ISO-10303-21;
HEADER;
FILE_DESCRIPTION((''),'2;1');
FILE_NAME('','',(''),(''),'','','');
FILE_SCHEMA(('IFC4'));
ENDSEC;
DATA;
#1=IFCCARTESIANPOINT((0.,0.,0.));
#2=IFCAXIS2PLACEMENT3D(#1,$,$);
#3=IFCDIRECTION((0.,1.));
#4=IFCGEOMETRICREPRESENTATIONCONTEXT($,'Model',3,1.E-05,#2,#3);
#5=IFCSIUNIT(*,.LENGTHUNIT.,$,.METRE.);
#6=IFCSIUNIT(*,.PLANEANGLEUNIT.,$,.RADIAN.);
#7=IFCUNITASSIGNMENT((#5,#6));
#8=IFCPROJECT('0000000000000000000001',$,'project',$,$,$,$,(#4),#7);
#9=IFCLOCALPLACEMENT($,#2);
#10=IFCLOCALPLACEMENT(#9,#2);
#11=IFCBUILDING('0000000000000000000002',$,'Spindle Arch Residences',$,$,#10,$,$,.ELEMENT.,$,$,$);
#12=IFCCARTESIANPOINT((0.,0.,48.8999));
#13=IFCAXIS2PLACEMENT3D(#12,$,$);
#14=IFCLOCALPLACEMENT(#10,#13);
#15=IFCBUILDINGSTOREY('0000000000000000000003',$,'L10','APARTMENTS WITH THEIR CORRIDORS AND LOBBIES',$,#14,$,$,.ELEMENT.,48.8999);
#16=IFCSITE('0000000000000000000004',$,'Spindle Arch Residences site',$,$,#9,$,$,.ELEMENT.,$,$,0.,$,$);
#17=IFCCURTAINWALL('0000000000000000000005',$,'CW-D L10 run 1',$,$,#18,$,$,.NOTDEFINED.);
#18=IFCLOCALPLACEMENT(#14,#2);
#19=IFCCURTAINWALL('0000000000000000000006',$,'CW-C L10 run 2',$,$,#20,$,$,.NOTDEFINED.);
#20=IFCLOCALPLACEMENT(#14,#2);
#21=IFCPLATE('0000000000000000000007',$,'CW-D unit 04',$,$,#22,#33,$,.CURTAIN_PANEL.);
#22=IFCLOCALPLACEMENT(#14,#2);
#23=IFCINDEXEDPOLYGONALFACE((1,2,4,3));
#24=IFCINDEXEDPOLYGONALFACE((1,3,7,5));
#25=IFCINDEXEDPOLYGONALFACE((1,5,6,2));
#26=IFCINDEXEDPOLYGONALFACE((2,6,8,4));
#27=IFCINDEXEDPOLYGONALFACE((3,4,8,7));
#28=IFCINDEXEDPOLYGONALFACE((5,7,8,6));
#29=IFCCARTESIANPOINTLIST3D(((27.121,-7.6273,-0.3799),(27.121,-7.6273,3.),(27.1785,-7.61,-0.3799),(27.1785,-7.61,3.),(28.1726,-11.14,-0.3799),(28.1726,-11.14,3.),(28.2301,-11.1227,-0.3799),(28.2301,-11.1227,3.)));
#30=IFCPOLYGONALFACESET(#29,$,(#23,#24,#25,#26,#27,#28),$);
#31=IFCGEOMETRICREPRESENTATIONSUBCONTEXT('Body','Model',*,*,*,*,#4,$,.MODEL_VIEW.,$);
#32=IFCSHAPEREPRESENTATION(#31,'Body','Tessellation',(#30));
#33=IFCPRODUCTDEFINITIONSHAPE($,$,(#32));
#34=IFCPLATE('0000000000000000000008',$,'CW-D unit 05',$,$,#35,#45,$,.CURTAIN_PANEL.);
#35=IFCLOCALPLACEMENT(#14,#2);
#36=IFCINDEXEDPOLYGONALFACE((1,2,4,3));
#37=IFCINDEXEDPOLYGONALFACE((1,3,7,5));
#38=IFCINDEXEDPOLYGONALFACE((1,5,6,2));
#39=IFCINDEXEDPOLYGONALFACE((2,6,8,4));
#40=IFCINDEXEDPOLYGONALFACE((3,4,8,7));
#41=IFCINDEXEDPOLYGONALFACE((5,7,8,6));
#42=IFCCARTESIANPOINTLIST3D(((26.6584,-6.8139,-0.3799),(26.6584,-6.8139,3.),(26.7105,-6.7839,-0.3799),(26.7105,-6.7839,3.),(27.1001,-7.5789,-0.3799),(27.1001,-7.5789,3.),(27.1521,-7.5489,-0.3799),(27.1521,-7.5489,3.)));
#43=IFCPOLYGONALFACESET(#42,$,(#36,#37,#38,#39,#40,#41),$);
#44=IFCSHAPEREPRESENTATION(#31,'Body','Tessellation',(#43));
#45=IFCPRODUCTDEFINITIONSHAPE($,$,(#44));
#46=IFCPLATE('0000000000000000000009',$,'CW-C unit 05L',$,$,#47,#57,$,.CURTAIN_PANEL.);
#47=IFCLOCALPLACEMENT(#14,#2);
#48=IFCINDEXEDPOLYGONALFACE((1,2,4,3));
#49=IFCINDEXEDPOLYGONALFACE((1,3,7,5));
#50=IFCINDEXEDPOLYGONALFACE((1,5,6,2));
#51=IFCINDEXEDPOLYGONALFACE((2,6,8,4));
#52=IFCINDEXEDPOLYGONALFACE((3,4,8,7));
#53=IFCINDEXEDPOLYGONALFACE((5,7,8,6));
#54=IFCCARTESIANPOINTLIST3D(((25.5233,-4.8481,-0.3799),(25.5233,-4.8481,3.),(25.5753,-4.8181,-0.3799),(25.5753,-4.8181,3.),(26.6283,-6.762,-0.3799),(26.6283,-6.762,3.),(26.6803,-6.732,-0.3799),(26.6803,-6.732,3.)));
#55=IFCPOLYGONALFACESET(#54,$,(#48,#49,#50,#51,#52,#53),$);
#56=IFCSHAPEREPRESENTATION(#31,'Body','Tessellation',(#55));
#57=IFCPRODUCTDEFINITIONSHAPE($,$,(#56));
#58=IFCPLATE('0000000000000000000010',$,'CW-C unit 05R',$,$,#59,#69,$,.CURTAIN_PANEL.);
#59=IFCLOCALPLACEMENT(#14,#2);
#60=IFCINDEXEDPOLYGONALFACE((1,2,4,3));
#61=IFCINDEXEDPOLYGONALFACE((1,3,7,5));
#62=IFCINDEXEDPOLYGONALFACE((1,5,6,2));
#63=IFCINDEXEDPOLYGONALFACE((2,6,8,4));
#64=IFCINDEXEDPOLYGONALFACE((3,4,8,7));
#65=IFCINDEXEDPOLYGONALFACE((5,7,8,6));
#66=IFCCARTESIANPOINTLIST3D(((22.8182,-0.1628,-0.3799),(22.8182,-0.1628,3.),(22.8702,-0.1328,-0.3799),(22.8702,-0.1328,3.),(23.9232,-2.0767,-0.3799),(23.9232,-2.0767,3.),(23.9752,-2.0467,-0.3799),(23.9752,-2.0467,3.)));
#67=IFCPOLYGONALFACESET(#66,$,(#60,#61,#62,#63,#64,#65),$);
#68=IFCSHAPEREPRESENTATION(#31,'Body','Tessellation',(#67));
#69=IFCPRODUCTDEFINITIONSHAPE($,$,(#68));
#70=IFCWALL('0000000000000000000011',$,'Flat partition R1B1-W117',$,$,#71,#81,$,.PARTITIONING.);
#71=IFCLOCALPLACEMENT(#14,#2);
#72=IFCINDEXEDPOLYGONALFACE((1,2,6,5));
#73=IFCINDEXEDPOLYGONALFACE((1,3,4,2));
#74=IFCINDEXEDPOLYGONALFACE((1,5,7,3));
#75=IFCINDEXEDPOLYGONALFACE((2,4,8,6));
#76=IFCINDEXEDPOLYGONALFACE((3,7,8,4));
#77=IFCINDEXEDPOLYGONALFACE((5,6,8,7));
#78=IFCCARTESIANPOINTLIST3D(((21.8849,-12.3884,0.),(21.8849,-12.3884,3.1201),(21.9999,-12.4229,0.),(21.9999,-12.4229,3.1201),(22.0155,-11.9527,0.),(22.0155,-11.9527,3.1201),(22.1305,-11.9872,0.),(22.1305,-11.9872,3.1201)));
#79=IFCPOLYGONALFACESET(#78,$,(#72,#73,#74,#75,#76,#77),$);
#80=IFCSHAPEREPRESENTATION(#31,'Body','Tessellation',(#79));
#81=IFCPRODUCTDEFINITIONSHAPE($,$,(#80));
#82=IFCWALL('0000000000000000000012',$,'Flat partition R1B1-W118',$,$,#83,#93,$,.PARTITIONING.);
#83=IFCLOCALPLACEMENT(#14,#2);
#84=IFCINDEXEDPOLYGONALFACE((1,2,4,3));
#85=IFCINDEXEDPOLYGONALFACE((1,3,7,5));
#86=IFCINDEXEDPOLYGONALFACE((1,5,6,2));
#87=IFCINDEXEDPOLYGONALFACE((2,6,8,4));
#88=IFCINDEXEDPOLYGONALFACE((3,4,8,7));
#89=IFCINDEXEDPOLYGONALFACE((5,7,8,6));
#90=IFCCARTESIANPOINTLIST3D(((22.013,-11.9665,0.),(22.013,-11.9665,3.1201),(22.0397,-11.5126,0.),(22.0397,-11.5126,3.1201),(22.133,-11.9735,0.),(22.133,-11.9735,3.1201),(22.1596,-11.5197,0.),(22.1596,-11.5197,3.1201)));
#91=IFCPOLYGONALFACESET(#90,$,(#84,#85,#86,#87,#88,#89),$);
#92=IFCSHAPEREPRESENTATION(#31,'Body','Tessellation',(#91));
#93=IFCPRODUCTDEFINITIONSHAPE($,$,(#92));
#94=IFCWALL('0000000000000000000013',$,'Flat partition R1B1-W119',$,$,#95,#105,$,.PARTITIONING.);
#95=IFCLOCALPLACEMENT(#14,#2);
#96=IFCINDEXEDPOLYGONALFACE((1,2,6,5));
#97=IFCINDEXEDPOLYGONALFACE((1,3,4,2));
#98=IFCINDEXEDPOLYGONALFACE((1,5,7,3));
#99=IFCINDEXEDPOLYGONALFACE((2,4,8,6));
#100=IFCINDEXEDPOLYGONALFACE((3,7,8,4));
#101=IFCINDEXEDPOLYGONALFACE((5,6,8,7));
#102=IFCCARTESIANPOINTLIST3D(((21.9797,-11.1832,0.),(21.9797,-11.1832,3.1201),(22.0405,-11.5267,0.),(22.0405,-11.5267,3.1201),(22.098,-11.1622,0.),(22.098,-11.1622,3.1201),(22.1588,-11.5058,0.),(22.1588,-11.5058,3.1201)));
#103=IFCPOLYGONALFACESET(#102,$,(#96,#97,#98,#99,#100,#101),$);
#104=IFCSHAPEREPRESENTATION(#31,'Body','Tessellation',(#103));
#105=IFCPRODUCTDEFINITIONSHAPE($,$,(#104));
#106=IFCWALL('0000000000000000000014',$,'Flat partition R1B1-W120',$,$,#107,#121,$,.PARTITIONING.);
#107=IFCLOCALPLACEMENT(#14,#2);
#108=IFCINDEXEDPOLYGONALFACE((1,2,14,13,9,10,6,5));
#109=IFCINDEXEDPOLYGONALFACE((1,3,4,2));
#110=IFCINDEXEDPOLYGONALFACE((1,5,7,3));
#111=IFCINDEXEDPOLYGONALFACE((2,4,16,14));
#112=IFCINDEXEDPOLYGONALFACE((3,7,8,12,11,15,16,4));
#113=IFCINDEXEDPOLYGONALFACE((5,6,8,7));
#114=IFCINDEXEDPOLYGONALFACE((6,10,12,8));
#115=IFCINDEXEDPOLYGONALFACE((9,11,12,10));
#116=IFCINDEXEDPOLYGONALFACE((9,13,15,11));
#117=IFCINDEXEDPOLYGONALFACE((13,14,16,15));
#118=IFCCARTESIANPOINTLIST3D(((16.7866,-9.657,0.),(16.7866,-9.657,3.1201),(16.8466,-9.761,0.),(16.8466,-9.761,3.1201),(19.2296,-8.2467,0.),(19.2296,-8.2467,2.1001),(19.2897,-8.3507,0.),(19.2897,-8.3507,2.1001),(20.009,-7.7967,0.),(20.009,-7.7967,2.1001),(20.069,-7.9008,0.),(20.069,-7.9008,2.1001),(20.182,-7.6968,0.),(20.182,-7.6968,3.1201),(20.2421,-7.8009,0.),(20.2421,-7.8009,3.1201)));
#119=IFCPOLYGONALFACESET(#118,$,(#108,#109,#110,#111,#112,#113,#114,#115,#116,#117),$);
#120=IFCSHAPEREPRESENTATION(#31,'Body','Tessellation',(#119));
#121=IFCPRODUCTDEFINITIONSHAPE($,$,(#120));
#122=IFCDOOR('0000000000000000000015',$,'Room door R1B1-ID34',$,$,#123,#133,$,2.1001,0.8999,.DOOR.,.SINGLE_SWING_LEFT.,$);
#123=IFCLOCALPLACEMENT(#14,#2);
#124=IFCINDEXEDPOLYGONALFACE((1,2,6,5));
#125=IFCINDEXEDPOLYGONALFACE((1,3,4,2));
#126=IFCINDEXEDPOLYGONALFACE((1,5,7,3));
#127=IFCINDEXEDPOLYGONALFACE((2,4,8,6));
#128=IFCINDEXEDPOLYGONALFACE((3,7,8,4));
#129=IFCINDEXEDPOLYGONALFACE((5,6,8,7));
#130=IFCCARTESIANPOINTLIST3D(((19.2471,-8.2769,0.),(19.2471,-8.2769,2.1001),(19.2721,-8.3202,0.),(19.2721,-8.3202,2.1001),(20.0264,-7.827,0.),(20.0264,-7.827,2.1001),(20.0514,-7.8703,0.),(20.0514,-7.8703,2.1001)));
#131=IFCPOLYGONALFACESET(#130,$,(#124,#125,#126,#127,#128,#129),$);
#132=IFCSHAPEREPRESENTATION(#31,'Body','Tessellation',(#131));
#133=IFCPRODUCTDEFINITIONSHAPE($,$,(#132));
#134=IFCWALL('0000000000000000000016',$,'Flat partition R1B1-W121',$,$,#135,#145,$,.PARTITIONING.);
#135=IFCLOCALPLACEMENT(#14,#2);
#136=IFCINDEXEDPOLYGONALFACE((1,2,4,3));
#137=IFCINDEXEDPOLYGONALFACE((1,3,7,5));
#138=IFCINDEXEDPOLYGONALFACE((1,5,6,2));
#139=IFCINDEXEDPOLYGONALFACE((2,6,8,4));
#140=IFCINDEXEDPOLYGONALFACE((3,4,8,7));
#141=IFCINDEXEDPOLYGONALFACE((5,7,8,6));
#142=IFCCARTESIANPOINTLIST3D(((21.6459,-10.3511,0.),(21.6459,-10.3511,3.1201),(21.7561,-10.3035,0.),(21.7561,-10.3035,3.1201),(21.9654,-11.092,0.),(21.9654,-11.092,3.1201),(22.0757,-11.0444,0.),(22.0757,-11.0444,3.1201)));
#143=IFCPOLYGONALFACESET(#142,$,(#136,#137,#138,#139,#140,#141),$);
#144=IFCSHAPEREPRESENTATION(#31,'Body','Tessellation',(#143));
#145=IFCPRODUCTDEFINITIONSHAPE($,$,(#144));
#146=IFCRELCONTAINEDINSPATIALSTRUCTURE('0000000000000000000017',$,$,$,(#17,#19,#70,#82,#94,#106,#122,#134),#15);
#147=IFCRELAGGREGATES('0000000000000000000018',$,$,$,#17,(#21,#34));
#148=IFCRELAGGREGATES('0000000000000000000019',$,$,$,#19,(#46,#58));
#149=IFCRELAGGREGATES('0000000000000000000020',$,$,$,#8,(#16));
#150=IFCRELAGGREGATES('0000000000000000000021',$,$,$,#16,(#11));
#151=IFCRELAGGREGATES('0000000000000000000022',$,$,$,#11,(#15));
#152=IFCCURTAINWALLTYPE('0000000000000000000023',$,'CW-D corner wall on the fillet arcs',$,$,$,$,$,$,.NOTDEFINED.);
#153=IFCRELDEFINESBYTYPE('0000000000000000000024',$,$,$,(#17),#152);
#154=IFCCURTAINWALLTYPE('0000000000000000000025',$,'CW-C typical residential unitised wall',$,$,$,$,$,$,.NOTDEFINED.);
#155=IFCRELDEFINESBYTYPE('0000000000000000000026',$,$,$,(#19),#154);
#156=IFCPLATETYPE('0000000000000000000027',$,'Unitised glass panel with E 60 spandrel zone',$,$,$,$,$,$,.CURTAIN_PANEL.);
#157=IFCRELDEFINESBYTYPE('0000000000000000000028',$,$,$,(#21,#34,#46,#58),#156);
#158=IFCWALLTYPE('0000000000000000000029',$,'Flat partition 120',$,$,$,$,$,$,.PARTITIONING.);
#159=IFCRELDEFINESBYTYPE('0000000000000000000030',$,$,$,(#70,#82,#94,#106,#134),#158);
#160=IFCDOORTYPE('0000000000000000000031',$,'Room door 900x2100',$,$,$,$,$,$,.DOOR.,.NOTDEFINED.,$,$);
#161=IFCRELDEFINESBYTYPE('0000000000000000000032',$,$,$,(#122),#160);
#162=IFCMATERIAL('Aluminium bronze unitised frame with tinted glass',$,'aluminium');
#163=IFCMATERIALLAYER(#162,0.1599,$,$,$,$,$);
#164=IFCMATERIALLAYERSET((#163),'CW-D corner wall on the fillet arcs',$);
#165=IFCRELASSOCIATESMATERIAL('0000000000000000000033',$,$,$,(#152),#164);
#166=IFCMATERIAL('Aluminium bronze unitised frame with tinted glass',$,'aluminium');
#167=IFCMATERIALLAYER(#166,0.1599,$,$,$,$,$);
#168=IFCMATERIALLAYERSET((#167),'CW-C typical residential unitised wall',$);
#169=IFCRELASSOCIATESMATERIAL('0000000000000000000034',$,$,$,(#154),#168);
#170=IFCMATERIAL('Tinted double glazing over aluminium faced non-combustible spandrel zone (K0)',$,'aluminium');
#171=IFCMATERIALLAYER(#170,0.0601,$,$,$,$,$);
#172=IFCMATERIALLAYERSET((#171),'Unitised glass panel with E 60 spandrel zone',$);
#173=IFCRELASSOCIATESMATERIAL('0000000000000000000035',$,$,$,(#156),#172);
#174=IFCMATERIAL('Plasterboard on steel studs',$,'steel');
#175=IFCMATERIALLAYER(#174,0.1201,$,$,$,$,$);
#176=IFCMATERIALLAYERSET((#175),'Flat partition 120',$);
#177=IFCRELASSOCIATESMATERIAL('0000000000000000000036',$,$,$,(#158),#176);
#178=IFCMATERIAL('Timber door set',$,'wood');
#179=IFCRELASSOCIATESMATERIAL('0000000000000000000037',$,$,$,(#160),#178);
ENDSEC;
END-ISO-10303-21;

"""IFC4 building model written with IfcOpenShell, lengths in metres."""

from ifc_helpers import new_model, si_unit, direction, frame, frame_2d, origin, origin_2d, place, context, subcontext, project, spatial, rectangle, extrude, material, layer, layer_set, type_object, element, fill, aggregate, save


model = new_model("IFC4")

# Units and contexts
model_context = context("Model", 3, precision=1e-05, world=origin(), true_north=direction((0.0, 1.0)))
body_context = subcontext(model_context, "Body", "Model", "MODEL_VIEW")
ifc_project = project(units=[si_unit("LENGTHUNIT", "METRE"), si_unit("PLANEANGLEUNIT", "RADIAN")], contexts=[model_context])

# Site, building, storey
site_placement = place(None, origin())
site = spatial("IfcSite", under=ifc_project, at=site_placement, Name="Spindle Arch Residences site", CompositionType="ELEMENT", RefElevation=0.0)
building_placement = place(site_placement, origin())
building = spatial("IfcBuilding", under=site, at=building_placement, Name="Spindle Arch Residences", CompositionType="ELEMENT")
storey_placement = place(building_placement, frame((0.0, 0.0, 48.8999)))
storey = spatial("IfcBuildingStorey", under=building, at=storey_placement, Name="L10", Description="APARTMENTS WITH THEIR CORRIDORS AND LOBBIES", CompositionType="ELEMENT", Elevation=48.8999)

# Curtain walls
ifc_material_1 = material(Name="Aluminium bronze unitised frame with tinted glass", Category="aluminium")
ifc_layer_1 = layer(ifc_material_1, 0.1599)
ifc_layer_set_1 = layer_set([ifc_layer_1], Name="CW-D corner wall on the fillet arcs")
curtain_wall_type_1 = type_object("IfcCurtainWallType", Name="CW-D corner wall on the fillet arcs", PredefinedType="NOTDEFINED", material=ifc_layer_set_1)
curtain_wall_1_placement = place(storey_placement, origin())
curtain_wall_1 = element("IfcCurtainWall", 1, at=curtain_wall_1_placement, inside=storey, type_object=curtain_wall_type_1, Name="CW-D L10 run 1", PredefinedType="NOTDEFINED")
ifc_material_2 = material(Name="Aluminium bronze unitised frame with tinted glass", Category="aluminium")
ifc_layer_2 = layer(ifc_material_2, 0.1599)
ifc_layer_set_2 = layer_set([ifc_layer_2], Name="CW-C typical residential unitised wall")
curtain_wall_type_2 = type_object("IfcCurtainWallType", Name="CW-C typical residential unitised wall", PredefinedType="NOTDEFINED", material=ifc_layer_set_2)
curtain_wall_2_placement = place(storey_placement, origin())
curtain_wall_2 = element("IfcCurtainWall", 2, at=curtain_wall_2_placement, inside=storey, type_object=curtain_wall_type_2, Name="CW-C L10 run 2", PredefinedType="NOTDEFINED")

# Plates
ifc_material_3 = material(Name="Tinted double glazing over aluminium faced non-combustible spandrel zone (K0)", Category="aluminium")
ifc_layer_3 = layer(ifc_material_3, 0.0601)
ifc_layer_set_3 = layer_set([ifc_layer_3], Name="Unitised glass panel with E 60 spandrel zone")
plate_type = type_object("IfcPlateType", Name="Unitised glass panel with E 60 spandrel zone", PredefinedType="CURTAIN_PANEL", material=ifc_layer_set_3)
plate_1_placement = place(storey_placement, frame((27.6755, -9.375, -0.3799), z_axis=(0.0, 0.0, 1.0), x_axis=(-0.286803, 0.95799, 0.0)))
plate_1 = element("IfcPlate", 3, at=plate_1_placement, type_object=plate_type, Name="CW-D unit 04", PredefinedType="CURTAIN_PANEL", context=body_context, shape_type="SweptSolid", body=[
    extrude(rectangle(XDim=3.6667, YDim=0.0601, at=origin_2d()), origin(), (0.0, 0.0, 1.0), 3.3799),
])
plate_2_placement = place(storey_placement, frame((26.9053, -7.1814, -0.3799), z_axis=(0.0, 0.0, 1.0), x_axis=(-0.5, 0.866025, 0.0)))
plate_2 = element("IfcPlate", 4, at=plate_2_placement, type_object=plate_type, Name="CW-D unit 05", PredefinedType="CURTAIN_PANEL", context=body_context, shape_type="SweptSolid", body=[
    extrude(rectangle(XDim=0.8833, YDim=0.0601, at=origin_2d()), origin(), (0.0, 0.0, 1.0), 3.3799),
])
aggregate(curtain_wall_1, [plate_1, plate_2])
plate_3_placement = place(storey_placement, frame((26.1018, -5.79, -0.3799), z_axis=(0.0, 0.0, 1.0), x_axis=(-0.5, 0.866025, 0.0)))
plate_3 = element("IfcPlate", 5, at=plate_3_placement, type_object=plate_type, Name="CW-C unit 05L", PredefinedType="CURTAIN_PANEL", context=body_context, shape_type="SweptSolid", body=[
    extrude(rectangle(XDim=2.21, YDim=0.0601, at=origin_2d()), origin(), (0.0, 0.0, 1.0), 3.3799),
])
plate_4_placement = place(storey_placement, frame((23.3967, -1.1047, -0.3799), z_axis=(0.0, 0.0, 1.0), x_axis=(-0.5, 0.866025, 0.0)))
plate_4 = element("IfcPlate", 6, at=plate_4_placement, type_object=plate_type, Name="CW-C unit 05R", PredefinedType="CURTAIN_PANEL", context=body_context, shape_type="SweptSolid", body=[
    extrude(rectangle(XDim=2.21, YDim=0.0601, at=origin_2d()), origin(), (0.0, 0.0, 1.0), 3.3799),
])
aggregate(curtain_wall_2, [plate_3, plate_4])

# Walls
ifc_material_4 = material(Name="Plasterboard on steel studs", Category="steel")
ifc_layer_4 = layer(ifc_material_4, 0.1201)
ifc_layer_set_4 = layer_set([ifc_layer_4], Name="Flat partition 120")
wall_type_1 = type_object("IfcWallType", Name="Flat partition 120", PredefinedType="PARTITIONING", material=ifc_layer_set_4)
wall_1_placement = place(storey_placement, frame((21.9424, -12.4058, 0.0), z_axis=(0.0, 0.0, 1.0), x_axis=(0.287102, 0.9579, 0.0)))
element("IfcWall", 7, at=wall_1_placement, inside=storey, type_object=wall_type_1, Name="Flat partition R1B1-W117", PredefinedType="PARTITIONING", context=body_context, shape_type="SweptSolid", body=[
    extrude(rectangle(XDim=0.4548, YDim=0.1201, at=frame_2d((0.2275, 0.0))), origin(), (0.0, 0.0, 1.0), 3.1201),
])
wall_2_placement = place(storey_placement, frame((22.073, -11.97, 0.0), z_axis=(0.0, 0.0, 1.0), x_axis=(0.058533, 0.998285, 0.0)))
element("IfcWall", 8, at=wall_2_placement, inside=storey, type_object=wall_type_1, Name="Flat partition R1B1-W118", PredefinedType="PARTITIONING", context=body_context, shape_type="SweptSolid", body=[
    extrude(rectangle(XDim=0.4546, YDim=0.1201, at=frame_2d((0.2273, 0.0))), origin(), (0.0, 0.0, 1.0), 3.1201),
])
wall_3_placement = place(storey_placement, frame((22.0996, -11.5161, 0.0), z_axis=(0.0, 0.0, 1.0), x_axis=(-0.174264, 0.984699, 0.0)))
element("IfcWall", 9, at=wall_3_placement, inside=storey, type_object=wall_type_1, Name="Flat partition R1B1-W119", PredefinedType="PARTITIONING", context=body_context, shape_type="SweptSolid", body=[
    extrude(rectangle(XDim=0.3489, YDim=0.1201, at=frame_2d((0.1743, 0.0))), origin(), (0.0, 0.0, 1.0), 3.1201),
])

# Wall, opening, door
wall_4_placement = place(storey_placement, frame((20.2122, -7.7488, 0.0), z_axis=(0.0, 0.0, 1.0), x_axis=(-0.866047, -0.499963, 0.0)))
wall_4 = element("IfcWall", 10, at=wall_4_placement, inside=storey, type_object=wall_type_1, Name="Flat partition R1B1-W120", PredefinedType="PARTITIONING", context=body_context, shape_type="SweptSolid", body=[
    extrude(rectangle(XDim=3.9207, YDim=0.1201, at=frame_2d((1.9604, 0.0))), origin(), (0.0, 0.0, 1.0), 3.1201),
])
opening_1_placement = place(wall_4_placement, frame((0.2, 0.0, 0.0)))
opening_1 = element("IfcOpeningElement", 11, at=opening_1_placement, cuts=wall_4, PredefinedType="OPENING", context=body_context, shape_type="SweptSolid", body=[
    extrude(rectangle(XDim=0.8999, YDim=2.1001, at=frame_2d((0.45, 1.05))), frame((0.0, 0.0701, 0.0), z_axis=(0.0, -1.0, 0.0), x_axis=(1.0, 0.0, 0.0)), (0.0, 0.0, 1.0), 0.1401),
])
ifc_material_5 = material(Name="Timber door set", Category="wood")
door_type_1 = type_object("IfcDoorType", Name="Room door 900x2100", OperationType="NOTDEFINED", PredefinedType="DOOR", material=ifc_material_5)
door_1_placement = place(opening_1_placement, origin())
door_1 = element("IfcDoor", 12, at=door_1_placement, inside=storey, type_object=door_type_1, Name="Room door R1B1-ID34", OperationType="SINGLE_SWING_LEFT", OverallHeight=2.1001, OverallWidth=0.8999, PredefinedType="DOOR", context=body_context, shape_type="SweptSolid", body=[
    extrude(rectangle(XDim=0.8999, YDim=2.1001, at=frame_2d((0.45, 1.05))), frame((0.0, 0.0249, 0.0), z_axis=(0.0, -1.0, 0.0), x_axis=(1.0, 0.0, 0.0)), (0.0, 0.0, 1.0), 0.05),
])
fill(opening_1, door_1)

# Wall
wall_5_placement = place(storey_placement, frame((22.0205, -11.0681, 0.0), z_axis=(0.0, 0.0, 1.0), x_axis=(-0.396036, 0.918235, 0.0)))
element("IfcWall", 13, at=wall_5_placement, inside=storey, type_object=wall_type_1, Name="Flat partition R1B1-W121", PredefinedType="PARTITIONING", context=body_context, shape_type="SweptSolid", body=[
    extrude(rectangle(XDim=0.8069, YDim=0.1201, at=frame_2d((0.4033, 0.0))), origin(), (0.0, 0.0, 1.0), 3.1201),
])

save(model, "model.ifc")
